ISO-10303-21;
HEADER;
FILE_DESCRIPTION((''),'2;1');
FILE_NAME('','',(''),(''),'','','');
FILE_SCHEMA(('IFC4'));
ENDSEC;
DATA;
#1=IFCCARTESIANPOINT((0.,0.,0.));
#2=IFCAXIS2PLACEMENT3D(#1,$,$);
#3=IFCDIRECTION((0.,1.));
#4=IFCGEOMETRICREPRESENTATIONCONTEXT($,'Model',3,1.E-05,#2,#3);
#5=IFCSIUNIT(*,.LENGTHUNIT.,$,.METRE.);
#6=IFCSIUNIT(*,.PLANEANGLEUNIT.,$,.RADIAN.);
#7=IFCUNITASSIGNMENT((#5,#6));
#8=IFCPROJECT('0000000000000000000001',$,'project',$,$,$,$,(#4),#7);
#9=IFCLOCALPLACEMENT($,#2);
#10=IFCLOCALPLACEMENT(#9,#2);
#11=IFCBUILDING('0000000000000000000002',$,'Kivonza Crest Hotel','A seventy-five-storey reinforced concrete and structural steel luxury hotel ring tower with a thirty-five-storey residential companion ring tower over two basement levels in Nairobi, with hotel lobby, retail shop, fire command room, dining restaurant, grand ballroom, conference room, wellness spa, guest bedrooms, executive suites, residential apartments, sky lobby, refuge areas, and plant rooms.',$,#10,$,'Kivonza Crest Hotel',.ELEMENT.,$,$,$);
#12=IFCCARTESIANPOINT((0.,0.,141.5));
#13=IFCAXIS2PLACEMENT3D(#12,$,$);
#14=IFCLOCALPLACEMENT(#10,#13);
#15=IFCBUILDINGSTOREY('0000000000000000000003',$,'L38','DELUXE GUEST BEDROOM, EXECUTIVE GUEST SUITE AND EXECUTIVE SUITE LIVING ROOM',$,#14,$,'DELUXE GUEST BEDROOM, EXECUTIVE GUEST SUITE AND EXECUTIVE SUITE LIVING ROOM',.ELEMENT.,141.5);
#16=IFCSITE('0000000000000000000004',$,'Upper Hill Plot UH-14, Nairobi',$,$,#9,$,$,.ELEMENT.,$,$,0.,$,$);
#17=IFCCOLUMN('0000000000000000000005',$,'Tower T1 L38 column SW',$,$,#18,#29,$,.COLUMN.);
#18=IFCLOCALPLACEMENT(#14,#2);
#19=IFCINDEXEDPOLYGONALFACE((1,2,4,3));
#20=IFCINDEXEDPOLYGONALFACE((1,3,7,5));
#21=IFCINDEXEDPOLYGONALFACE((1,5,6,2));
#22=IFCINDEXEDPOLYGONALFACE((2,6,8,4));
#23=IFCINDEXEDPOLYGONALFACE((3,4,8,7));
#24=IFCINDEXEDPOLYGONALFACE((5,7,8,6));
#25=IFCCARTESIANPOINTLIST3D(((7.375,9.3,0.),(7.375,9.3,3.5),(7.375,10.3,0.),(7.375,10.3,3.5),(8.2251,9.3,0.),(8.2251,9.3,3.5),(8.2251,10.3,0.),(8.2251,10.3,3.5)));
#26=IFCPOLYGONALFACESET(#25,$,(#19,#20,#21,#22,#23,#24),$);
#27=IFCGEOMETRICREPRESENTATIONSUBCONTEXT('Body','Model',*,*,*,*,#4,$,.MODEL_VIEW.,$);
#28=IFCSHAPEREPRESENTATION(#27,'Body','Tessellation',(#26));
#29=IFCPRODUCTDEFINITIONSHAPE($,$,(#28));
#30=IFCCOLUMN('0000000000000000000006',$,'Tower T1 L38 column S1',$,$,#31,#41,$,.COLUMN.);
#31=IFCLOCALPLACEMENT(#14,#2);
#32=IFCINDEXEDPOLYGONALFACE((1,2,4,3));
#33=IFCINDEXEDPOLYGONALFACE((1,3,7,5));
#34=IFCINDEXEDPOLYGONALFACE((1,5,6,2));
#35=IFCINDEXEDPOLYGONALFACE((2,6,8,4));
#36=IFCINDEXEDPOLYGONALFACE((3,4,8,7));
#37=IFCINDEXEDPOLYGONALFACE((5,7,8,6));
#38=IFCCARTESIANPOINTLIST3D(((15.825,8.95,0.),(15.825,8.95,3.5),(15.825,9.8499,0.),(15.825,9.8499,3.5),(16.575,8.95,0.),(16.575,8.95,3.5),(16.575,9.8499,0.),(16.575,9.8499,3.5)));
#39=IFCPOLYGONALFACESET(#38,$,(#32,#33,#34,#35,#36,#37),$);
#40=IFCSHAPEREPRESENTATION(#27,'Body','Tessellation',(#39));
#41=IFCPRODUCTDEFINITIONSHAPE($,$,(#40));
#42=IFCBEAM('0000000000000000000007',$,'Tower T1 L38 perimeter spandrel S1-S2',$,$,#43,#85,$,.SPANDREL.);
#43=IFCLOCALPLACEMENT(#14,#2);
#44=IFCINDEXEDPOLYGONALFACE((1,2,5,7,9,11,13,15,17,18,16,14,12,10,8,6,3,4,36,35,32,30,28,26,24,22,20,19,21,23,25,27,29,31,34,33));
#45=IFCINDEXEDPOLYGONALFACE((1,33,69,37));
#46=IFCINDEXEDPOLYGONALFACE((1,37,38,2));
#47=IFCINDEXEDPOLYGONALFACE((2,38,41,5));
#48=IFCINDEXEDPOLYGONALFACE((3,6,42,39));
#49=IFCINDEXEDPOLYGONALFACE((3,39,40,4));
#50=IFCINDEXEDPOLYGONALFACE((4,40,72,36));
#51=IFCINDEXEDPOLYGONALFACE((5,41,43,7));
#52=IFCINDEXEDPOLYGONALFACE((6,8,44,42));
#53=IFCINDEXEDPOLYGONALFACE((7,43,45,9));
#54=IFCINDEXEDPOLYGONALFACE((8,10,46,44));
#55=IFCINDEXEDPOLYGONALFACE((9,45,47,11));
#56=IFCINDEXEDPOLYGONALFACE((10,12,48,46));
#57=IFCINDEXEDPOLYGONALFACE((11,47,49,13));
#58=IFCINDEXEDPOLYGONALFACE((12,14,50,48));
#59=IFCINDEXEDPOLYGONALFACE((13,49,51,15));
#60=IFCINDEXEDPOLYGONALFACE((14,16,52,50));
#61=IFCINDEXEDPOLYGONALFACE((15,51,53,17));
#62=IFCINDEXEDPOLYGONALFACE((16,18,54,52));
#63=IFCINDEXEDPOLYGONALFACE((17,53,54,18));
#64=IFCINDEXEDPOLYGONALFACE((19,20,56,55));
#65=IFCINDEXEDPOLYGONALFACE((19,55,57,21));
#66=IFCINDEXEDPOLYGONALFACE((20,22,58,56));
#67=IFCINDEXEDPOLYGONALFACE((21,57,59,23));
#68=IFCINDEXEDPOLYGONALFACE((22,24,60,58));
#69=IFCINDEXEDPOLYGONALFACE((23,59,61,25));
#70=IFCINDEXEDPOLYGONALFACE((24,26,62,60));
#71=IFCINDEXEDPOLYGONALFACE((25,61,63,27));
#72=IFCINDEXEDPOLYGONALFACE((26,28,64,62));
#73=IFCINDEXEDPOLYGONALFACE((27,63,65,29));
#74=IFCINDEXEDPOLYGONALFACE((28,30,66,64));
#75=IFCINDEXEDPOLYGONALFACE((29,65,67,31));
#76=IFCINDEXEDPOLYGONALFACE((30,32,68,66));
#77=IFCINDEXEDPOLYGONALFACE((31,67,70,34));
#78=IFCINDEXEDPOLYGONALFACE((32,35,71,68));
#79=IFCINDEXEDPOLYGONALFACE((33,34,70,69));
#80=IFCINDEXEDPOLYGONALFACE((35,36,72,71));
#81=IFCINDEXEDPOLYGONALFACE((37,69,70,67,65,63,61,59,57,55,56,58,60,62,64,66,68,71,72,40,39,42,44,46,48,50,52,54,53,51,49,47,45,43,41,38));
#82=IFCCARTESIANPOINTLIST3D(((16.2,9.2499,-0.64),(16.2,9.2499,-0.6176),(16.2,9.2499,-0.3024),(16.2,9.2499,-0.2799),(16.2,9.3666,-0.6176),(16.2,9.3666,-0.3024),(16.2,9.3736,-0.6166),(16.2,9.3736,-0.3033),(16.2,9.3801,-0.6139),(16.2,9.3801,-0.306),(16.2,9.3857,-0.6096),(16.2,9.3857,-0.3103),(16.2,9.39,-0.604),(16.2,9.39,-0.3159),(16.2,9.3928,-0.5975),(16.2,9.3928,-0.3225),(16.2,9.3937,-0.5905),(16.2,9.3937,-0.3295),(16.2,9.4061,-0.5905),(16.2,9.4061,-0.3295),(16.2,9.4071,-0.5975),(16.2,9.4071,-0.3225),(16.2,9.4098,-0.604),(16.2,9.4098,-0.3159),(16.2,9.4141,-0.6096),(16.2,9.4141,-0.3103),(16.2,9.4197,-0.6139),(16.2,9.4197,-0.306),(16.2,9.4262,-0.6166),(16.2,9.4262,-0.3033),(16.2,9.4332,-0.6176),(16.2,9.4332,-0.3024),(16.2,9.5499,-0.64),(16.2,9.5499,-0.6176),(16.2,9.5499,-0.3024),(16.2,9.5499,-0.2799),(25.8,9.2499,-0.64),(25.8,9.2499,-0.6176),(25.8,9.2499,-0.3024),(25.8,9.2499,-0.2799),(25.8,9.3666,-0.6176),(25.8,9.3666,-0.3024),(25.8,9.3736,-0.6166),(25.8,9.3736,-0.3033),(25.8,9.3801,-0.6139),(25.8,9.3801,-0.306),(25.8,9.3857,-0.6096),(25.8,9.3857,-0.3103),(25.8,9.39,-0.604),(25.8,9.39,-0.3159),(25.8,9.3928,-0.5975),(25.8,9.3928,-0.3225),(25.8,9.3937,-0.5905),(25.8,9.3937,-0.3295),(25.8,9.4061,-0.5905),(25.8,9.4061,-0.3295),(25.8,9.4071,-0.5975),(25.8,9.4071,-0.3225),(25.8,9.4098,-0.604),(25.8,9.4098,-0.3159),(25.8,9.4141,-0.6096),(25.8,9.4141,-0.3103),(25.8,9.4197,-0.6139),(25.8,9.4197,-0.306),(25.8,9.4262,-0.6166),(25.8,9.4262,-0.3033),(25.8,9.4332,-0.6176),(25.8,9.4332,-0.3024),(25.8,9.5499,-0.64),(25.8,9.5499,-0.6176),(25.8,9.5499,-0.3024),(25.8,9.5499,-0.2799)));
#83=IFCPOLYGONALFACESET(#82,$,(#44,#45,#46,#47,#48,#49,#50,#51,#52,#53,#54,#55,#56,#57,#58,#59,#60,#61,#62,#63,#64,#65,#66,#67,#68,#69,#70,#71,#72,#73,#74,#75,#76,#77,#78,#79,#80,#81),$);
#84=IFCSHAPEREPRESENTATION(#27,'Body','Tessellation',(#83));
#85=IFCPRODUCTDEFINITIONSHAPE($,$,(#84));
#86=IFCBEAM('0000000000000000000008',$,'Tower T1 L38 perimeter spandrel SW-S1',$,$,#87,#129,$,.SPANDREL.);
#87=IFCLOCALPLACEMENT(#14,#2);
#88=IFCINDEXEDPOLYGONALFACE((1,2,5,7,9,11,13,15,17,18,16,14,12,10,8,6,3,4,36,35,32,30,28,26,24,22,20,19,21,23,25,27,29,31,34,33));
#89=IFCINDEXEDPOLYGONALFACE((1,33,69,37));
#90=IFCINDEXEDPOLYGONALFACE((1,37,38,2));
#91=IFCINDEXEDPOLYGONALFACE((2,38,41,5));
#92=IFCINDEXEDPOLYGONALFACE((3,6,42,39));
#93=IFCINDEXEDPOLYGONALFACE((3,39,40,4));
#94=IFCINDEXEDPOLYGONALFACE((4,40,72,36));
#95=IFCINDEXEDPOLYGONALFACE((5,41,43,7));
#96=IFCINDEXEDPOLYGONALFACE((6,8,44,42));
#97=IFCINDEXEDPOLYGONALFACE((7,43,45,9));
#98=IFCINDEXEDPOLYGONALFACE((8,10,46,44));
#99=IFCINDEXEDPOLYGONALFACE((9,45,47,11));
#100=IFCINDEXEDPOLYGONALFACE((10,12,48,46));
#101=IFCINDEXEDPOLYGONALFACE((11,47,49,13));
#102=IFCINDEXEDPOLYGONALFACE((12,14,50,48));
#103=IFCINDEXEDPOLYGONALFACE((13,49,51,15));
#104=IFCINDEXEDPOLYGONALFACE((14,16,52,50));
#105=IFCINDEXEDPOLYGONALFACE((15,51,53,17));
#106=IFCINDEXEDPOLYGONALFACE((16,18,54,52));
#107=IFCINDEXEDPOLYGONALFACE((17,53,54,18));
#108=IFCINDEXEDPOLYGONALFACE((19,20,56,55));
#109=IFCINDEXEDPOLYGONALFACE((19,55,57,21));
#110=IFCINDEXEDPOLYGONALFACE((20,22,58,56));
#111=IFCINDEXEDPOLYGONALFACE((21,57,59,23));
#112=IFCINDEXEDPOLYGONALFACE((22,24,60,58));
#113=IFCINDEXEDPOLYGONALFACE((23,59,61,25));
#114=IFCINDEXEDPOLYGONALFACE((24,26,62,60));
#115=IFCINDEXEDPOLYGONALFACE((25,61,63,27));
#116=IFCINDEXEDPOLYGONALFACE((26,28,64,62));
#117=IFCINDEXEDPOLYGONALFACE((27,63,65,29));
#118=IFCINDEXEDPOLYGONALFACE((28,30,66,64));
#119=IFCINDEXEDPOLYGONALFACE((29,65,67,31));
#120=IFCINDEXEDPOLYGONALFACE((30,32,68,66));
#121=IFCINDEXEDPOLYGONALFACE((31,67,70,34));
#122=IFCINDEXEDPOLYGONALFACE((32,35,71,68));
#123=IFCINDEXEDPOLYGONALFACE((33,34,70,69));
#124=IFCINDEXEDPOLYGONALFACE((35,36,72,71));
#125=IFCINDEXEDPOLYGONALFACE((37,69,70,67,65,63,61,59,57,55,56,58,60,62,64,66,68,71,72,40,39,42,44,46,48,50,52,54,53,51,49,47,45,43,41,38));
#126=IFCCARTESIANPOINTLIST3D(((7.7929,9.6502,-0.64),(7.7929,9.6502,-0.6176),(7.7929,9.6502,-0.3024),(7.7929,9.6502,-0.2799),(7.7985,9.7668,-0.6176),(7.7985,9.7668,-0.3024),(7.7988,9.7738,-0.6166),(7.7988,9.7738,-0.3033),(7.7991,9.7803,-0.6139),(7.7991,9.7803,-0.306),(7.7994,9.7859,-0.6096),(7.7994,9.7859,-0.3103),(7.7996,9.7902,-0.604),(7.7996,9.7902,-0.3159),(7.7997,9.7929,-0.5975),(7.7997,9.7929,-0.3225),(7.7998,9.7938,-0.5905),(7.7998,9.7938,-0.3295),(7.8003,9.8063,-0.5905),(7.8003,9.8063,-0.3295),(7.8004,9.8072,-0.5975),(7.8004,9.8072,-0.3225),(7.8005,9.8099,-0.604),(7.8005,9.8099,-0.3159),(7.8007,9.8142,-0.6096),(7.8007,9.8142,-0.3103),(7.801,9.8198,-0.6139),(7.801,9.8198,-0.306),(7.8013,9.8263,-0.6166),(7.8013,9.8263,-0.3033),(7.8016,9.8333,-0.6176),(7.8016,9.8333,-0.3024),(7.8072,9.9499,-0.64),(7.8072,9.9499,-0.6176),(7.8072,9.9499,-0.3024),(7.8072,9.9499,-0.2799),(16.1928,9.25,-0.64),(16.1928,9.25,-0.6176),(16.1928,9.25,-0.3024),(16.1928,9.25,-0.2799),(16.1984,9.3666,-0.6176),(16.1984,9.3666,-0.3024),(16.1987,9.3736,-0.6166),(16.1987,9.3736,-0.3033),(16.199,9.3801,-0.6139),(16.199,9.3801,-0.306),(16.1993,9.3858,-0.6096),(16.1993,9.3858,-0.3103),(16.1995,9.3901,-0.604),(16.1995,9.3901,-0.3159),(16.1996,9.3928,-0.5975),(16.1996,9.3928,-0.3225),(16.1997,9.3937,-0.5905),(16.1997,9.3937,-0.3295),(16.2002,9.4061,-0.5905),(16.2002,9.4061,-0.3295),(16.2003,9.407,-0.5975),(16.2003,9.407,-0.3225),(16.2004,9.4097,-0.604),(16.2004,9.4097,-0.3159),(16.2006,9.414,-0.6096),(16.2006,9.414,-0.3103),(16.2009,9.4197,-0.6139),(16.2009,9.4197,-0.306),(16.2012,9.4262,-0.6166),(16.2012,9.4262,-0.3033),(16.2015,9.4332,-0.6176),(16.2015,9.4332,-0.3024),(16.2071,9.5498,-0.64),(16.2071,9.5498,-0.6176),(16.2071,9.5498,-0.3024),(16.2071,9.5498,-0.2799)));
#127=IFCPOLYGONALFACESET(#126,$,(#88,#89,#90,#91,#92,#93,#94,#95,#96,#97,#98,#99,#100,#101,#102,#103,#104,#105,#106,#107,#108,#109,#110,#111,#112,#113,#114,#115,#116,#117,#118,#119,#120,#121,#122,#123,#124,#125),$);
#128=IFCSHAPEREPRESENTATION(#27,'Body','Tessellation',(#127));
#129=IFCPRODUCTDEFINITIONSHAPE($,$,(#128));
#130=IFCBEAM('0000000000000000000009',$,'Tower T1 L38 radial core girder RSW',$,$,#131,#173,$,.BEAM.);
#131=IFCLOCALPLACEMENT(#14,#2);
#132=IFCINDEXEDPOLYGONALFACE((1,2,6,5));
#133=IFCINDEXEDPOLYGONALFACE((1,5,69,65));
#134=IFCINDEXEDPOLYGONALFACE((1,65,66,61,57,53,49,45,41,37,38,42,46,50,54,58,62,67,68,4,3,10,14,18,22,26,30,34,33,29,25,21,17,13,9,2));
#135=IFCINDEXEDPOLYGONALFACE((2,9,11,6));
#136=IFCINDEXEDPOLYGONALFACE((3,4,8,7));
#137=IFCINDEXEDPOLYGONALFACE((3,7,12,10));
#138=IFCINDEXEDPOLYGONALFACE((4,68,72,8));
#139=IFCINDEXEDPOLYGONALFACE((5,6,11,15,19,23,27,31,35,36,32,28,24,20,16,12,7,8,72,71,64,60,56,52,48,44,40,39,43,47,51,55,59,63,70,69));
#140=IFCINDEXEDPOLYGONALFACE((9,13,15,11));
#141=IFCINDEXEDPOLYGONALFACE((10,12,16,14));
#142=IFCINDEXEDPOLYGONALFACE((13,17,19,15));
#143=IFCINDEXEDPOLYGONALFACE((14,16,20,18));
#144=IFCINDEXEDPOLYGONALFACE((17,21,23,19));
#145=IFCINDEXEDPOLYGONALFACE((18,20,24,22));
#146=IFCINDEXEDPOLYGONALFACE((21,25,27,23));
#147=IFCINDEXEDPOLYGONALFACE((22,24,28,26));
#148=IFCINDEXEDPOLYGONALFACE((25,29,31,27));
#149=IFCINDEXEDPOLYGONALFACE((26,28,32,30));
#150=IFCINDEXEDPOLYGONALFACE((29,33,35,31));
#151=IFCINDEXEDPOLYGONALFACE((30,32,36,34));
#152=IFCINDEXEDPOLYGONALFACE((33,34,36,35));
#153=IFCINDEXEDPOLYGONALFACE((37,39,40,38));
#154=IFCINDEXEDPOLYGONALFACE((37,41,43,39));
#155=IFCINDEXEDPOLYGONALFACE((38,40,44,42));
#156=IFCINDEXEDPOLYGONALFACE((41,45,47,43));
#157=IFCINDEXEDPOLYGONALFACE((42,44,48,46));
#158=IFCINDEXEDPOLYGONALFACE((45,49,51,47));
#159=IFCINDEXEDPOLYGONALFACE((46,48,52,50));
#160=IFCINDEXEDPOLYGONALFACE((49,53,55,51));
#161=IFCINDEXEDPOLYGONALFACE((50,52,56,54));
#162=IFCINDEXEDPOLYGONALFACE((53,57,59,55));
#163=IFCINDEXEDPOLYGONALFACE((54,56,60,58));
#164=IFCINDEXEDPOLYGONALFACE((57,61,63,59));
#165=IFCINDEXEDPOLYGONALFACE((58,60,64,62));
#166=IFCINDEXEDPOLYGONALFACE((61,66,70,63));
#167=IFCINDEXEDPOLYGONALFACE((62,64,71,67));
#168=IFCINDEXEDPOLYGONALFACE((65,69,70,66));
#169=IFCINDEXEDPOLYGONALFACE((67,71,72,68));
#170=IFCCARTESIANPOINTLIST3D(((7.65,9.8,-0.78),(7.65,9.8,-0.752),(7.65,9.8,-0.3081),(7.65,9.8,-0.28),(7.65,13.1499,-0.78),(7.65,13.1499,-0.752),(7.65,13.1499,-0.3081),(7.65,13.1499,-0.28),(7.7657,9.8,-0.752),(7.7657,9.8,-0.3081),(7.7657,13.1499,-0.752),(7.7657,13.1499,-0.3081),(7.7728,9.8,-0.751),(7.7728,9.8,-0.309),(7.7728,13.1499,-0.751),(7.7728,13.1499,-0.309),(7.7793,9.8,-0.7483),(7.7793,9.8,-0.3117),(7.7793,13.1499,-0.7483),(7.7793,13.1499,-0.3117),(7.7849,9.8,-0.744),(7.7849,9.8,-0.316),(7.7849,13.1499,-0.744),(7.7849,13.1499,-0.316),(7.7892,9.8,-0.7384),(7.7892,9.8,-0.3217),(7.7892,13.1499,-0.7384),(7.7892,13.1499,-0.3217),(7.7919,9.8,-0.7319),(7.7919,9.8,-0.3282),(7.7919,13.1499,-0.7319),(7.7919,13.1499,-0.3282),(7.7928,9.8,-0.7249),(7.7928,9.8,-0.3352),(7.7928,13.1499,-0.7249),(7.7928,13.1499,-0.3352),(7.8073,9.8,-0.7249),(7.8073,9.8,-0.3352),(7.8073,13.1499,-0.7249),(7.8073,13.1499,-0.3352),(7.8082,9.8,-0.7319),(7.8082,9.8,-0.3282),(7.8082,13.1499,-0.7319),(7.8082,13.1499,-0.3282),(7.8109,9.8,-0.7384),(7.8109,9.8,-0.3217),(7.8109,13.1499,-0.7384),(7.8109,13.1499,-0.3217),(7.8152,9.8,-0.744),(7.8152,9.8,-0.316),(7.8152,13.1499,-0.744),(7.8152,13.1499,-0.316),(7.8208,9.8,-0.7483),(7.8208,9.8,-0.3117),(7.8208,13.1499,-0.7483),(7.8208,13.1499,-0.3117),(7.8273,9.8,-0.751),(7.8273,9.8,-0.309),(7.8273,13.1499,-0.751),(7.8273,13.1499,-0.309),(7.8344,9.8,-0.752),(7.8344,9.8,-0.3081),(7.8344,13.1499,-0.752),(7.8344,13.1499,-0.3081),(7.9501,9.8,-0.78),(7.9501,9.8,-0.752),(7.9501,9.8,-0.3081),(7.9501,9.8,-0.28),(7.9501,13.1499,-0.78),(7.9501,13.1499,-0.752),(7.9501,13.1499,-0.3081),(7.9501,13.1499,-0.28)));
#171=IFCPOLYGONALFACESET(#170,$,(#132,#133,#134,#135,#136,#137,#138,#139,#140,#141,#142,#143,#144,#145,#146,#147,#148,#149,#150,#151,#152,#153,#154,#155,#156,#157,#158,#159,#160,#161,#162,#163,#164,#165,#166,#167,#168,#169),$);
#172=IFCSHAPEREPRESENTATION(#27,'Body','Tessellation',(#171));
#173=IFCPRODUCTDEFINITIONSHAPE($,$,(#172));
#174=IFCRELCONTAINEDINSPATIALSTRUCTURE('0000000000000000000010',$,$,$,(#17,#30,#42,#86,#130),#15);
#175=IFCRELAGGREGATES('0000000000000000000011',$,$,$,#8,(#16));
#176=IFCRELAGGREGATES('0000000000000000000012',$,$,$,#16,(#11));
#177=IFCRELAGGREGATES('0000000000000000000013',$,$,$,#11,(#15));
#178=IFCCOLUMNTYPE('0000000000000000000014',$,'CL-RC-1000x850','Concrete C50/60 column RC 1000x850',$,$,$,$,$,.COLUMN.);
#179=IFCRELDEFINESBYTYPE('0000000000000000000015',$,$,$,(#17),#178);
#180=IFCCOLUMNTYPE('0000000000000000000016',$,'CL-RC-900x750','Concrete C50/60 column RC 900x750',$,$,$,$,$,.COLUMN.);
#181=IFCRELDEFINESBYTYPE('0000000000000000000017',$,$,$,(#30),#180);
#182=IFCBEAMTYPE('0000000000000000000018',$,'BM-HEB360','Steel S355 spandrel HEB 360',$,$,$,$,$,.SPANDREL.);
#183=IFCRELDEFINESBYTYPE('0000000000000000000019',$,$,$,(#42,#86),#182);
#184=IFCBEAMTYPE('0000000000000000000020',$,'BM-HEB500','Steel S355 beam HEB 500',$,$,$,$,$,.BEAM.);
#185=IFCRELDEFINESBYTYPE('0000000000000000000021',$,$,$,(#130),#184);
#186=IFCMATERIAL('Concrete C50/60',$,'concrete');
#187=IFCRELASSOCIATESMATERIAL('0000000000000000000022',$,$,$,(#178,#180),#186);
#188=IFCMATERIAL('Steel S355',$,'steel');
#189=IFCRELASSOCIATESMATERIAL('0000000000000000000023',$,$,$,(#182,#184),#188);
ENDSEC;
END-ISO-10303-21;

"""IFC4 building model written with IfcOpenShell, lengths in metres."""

from ifc_helpers import new_model, si_unit, direction, frame, origin, origin_2d, place, context, subcontext, project, spatial, rectangle, i_section, extrude, material, material_profile, profile_set, type_object, element, save


model = new_model("IFC4")

# Units and contexts
model_context = context("Model", 3, precision=1e-05, world=origin(), true_north=direction((0.0, 1.0)))
body_context = subcontext(model_context, "Body", "Model", "MODEL_VIEW")
ifc_project = project(units=[si_unit("LENGTHUNIT", "METRE"), si_unit("PLANEANGLEUNIT", "RADIAN")], contexts=[model_context])

# Site, building, storey
site_placement = place(None, origin())
site = spatial("IfcSite", under=ifc_project, at=site_placement, Name="Upper Hill Plot UH-14, Nairobi", CompositionType="ELEMENT", RefElevation=0.0)
building_placement = place(site_placement, origin())
building = spatial("IfcBuilding", under=site, at=building_placement, Name="Kivonza Crest Hotel", Description="A seventy-five-storey reinforced concrete and structural steel luxury hotel ring tower with a thirty-five-storey residential companion ring tower over two basement levels in Nairobi, with hotel lobby, retail shop, fire command room, dining restaurant, grand ballroom, conference room, wellness spa, guest bedrooms, executive suites, residential apartments, sky lobby, refuge areas, and plant rooms.", LongName="Kivonza Crest Hotel", CompositionType="ELEMENT")
storey_placement = place(building_placement, frame((0.0, 0.0, 141.5)))
storey = spatial("IfcBuildingStorey", under=building, at=storey_placement, Name="L38", Description="DELUXE GUEST BEDROOM, EXECUTIVE GUEST SUITE AND EXECUTIVE SUITE LIVING ROOM", LongName="DELUXE GUEST BEDROOM, EXECUTIVE GUEST SUITE AND EXECUTIVE SUITE LIVING ROOM", CompositionType="ELEMENT", Elevation=141.5)

# Columns
ifc_material_1 = material(Name="Concrete C50/60", Category="concrete")
ifc_material_profile_1 = material_profile(ifc_material_1, rectangle(XDim=0.8501, YDim=1.0, at=origin_2d()), Name="RC 1000x850")
ifc_profile_set_1 = profile_set([ifc_material_profile_1], Name="Concrete C50/60")
column_type_1 = type_object("IfcColumnType", Name="CL-RC-1000x850", Description="Concrete C50/60 column RC 1000x850", PredefinedType="COLUMN", material=ifc_profile_set_1)
column_1_placement = place(storey_placement, frame((7.8, 9.8, 0.0), z_axis=(0.0, 0.0, 1.0), x_axis=(1.0, 0.0, 0.0)))
element("IfcColumn", 1, at=column_1_placement, inside=storey, type_object=column_type_1, Name="Tower T1 L38 column SW", PredefinedType="COLUMN", context=body_context, shape_type="SweptSolid", body=[
    extrude(rectangle(XDim=0.8501, YDim=1.0, at=origin_2d()), origin(), (0.0, 0.0, 1.0), 3.5),
])
ifc_material_profile_2 = material_profile(ifc_material_1, rectangle(XDim=0.75, YDim=0.8999, at=origin_2d()), Name="RC 900x750")
ifc_profile_set_2 = profile_set([ifc_material_profile_2], Name="Concrete C50/60")
column_type_2 = type_object("IfcColumnType", Name="CL-RC-900x750", Description="Concrete C50/60 column RC 900x750", PredefinedType="COLUMN", material=ifc_profile_set_2)
column_2_placement = place(storey_placement, frame((16.2, 9.3999, 0.0), z_axis=(0.0, 0.0, 1.0), x_axis=(1.0, 0.0, 0.0)))
element("IfcColumn", 2, at=column_2_placement, inside=storey, type_object=column_type_2, Name="Tower T1 L38 column S1", PredefinedType="COLUMN", context=body_context, shape_type="SweptSolid", body=[
    extrude(rectangle(XDim=0.75, YDim=0.8999, at=origin_2d()), origin(), (0.0, 0.0, 1.0), 3.5),
])

# Beams
ifc_material_2 = material(Name="Steel S355", Category="steel")
ifc_material_profile_3 = material_profile(ifc_material_2, i_section(OverallWidth=0.3, OverallDepth=0.3601, WebThickness=0.0125, FlangeThickness=0.0225, FilletRadius=0.0271, at=origin_2d()), Name="HEB 360")
ifc_profile_set_3 = profile_set([ifc_material_profile_3], Name="Steel S355")
beam_type_1 = type_object("IfcBeamType", Name="BM-HEB360", Description="Steel S355 spandrel HEB 360", PredefinedType="SPANDREL", material=ifc_profile_set_3)
beam_1_placement = place(storey_placement, frame((16.2, 9.3999, -0.46), z_axis=(1.0, 0.0, 0.0), x_axis=(0.0, 1.0, 0.0)))
element("IfcBeam", 3, at=beam_1_placement, inside=storey, type_object=beam_type_1, Name="Tower T1 L38 perimeter spandrel S1-S2", PredefinedType="SPANDREL", context=body_context, shape_type="SweptSolid", body=[
    extrude(i_section(OverallWidth=0.3, OverallDepth=0.3601, WebThickness=0.0125, FlangeThickness=0.0225, FilletRadius=0.0271, at=origin_2d()), origin(), (0.0, 0.0, 1.0), 9.6001),
])
beam_2_placement = place(storey_placement, frame((7.8, 9.8, -0.46), z_axis=(0.998867, -0.047583, 0.0), x_axis=(0.047583, 0.998867, 0.0)))
element("IfcBeam", 4, at=beam_2_placement, inside=storey, type_object=beam_type_1, Name="Tower T1 L38 perimeter spandrel SW-S1", PredefinedType="SPANDREL", context=body_context, shape_type="SweptSolid", body=[
    extrude(i_section(OverallWidth=0.3, OverallDepth=0.3601, WebThickness=0.0125, FlangeThickness=0.0225, FilletRadius=0.0271, at=origin_2d()), origin(), (0.0, 0.0, 1.0), 8.4094),
])
ifc_material_profile_4 = material_profile(ifc_material_2, i_section(OverallWidth=0.3, OverallDepth=0.5, WebThickness=0.0144, FlangeThickness=0.0281, FilletRadius=0.0271, at=origin_2d()), Name="HEB 500")
ifc_profile_set_4 = profile_set([ifc_material_profile_4], Name="Steel S355")
beam_type_2 = type_object("IfcBeamType", Name="BM-HEB500", Description="Steel S355 beam HEB 500", PredefinedType="BEAM", material=ifc_profile_set_4)
beam_3_placement = place(storey_placement, frame((7.8, 9.8, -0.53), z_axis=(0.0, 1.0, 0.0), x_axis=(-1.0, 0.0, 0.0)))
element("IfcBeam", 5, at=beam_3_placement, inside=storey, type_object=beam_type_2, Name="Tower T1 L38 radial core girder RSW", PredefinedType="BEAM", context=body_context, shape_type="SweptSolid", body=[
    extrude(i_section(OverallWidth=0.3, OverallDepth=0.5, WebThickness=0.0144, FlangeThickness=0.0281, FilletRadius=0.0271, at=origin_2d()), origin(), (0.0, 0.0, 1.0), 3.3499),
])

save(model, "model.ifc")
